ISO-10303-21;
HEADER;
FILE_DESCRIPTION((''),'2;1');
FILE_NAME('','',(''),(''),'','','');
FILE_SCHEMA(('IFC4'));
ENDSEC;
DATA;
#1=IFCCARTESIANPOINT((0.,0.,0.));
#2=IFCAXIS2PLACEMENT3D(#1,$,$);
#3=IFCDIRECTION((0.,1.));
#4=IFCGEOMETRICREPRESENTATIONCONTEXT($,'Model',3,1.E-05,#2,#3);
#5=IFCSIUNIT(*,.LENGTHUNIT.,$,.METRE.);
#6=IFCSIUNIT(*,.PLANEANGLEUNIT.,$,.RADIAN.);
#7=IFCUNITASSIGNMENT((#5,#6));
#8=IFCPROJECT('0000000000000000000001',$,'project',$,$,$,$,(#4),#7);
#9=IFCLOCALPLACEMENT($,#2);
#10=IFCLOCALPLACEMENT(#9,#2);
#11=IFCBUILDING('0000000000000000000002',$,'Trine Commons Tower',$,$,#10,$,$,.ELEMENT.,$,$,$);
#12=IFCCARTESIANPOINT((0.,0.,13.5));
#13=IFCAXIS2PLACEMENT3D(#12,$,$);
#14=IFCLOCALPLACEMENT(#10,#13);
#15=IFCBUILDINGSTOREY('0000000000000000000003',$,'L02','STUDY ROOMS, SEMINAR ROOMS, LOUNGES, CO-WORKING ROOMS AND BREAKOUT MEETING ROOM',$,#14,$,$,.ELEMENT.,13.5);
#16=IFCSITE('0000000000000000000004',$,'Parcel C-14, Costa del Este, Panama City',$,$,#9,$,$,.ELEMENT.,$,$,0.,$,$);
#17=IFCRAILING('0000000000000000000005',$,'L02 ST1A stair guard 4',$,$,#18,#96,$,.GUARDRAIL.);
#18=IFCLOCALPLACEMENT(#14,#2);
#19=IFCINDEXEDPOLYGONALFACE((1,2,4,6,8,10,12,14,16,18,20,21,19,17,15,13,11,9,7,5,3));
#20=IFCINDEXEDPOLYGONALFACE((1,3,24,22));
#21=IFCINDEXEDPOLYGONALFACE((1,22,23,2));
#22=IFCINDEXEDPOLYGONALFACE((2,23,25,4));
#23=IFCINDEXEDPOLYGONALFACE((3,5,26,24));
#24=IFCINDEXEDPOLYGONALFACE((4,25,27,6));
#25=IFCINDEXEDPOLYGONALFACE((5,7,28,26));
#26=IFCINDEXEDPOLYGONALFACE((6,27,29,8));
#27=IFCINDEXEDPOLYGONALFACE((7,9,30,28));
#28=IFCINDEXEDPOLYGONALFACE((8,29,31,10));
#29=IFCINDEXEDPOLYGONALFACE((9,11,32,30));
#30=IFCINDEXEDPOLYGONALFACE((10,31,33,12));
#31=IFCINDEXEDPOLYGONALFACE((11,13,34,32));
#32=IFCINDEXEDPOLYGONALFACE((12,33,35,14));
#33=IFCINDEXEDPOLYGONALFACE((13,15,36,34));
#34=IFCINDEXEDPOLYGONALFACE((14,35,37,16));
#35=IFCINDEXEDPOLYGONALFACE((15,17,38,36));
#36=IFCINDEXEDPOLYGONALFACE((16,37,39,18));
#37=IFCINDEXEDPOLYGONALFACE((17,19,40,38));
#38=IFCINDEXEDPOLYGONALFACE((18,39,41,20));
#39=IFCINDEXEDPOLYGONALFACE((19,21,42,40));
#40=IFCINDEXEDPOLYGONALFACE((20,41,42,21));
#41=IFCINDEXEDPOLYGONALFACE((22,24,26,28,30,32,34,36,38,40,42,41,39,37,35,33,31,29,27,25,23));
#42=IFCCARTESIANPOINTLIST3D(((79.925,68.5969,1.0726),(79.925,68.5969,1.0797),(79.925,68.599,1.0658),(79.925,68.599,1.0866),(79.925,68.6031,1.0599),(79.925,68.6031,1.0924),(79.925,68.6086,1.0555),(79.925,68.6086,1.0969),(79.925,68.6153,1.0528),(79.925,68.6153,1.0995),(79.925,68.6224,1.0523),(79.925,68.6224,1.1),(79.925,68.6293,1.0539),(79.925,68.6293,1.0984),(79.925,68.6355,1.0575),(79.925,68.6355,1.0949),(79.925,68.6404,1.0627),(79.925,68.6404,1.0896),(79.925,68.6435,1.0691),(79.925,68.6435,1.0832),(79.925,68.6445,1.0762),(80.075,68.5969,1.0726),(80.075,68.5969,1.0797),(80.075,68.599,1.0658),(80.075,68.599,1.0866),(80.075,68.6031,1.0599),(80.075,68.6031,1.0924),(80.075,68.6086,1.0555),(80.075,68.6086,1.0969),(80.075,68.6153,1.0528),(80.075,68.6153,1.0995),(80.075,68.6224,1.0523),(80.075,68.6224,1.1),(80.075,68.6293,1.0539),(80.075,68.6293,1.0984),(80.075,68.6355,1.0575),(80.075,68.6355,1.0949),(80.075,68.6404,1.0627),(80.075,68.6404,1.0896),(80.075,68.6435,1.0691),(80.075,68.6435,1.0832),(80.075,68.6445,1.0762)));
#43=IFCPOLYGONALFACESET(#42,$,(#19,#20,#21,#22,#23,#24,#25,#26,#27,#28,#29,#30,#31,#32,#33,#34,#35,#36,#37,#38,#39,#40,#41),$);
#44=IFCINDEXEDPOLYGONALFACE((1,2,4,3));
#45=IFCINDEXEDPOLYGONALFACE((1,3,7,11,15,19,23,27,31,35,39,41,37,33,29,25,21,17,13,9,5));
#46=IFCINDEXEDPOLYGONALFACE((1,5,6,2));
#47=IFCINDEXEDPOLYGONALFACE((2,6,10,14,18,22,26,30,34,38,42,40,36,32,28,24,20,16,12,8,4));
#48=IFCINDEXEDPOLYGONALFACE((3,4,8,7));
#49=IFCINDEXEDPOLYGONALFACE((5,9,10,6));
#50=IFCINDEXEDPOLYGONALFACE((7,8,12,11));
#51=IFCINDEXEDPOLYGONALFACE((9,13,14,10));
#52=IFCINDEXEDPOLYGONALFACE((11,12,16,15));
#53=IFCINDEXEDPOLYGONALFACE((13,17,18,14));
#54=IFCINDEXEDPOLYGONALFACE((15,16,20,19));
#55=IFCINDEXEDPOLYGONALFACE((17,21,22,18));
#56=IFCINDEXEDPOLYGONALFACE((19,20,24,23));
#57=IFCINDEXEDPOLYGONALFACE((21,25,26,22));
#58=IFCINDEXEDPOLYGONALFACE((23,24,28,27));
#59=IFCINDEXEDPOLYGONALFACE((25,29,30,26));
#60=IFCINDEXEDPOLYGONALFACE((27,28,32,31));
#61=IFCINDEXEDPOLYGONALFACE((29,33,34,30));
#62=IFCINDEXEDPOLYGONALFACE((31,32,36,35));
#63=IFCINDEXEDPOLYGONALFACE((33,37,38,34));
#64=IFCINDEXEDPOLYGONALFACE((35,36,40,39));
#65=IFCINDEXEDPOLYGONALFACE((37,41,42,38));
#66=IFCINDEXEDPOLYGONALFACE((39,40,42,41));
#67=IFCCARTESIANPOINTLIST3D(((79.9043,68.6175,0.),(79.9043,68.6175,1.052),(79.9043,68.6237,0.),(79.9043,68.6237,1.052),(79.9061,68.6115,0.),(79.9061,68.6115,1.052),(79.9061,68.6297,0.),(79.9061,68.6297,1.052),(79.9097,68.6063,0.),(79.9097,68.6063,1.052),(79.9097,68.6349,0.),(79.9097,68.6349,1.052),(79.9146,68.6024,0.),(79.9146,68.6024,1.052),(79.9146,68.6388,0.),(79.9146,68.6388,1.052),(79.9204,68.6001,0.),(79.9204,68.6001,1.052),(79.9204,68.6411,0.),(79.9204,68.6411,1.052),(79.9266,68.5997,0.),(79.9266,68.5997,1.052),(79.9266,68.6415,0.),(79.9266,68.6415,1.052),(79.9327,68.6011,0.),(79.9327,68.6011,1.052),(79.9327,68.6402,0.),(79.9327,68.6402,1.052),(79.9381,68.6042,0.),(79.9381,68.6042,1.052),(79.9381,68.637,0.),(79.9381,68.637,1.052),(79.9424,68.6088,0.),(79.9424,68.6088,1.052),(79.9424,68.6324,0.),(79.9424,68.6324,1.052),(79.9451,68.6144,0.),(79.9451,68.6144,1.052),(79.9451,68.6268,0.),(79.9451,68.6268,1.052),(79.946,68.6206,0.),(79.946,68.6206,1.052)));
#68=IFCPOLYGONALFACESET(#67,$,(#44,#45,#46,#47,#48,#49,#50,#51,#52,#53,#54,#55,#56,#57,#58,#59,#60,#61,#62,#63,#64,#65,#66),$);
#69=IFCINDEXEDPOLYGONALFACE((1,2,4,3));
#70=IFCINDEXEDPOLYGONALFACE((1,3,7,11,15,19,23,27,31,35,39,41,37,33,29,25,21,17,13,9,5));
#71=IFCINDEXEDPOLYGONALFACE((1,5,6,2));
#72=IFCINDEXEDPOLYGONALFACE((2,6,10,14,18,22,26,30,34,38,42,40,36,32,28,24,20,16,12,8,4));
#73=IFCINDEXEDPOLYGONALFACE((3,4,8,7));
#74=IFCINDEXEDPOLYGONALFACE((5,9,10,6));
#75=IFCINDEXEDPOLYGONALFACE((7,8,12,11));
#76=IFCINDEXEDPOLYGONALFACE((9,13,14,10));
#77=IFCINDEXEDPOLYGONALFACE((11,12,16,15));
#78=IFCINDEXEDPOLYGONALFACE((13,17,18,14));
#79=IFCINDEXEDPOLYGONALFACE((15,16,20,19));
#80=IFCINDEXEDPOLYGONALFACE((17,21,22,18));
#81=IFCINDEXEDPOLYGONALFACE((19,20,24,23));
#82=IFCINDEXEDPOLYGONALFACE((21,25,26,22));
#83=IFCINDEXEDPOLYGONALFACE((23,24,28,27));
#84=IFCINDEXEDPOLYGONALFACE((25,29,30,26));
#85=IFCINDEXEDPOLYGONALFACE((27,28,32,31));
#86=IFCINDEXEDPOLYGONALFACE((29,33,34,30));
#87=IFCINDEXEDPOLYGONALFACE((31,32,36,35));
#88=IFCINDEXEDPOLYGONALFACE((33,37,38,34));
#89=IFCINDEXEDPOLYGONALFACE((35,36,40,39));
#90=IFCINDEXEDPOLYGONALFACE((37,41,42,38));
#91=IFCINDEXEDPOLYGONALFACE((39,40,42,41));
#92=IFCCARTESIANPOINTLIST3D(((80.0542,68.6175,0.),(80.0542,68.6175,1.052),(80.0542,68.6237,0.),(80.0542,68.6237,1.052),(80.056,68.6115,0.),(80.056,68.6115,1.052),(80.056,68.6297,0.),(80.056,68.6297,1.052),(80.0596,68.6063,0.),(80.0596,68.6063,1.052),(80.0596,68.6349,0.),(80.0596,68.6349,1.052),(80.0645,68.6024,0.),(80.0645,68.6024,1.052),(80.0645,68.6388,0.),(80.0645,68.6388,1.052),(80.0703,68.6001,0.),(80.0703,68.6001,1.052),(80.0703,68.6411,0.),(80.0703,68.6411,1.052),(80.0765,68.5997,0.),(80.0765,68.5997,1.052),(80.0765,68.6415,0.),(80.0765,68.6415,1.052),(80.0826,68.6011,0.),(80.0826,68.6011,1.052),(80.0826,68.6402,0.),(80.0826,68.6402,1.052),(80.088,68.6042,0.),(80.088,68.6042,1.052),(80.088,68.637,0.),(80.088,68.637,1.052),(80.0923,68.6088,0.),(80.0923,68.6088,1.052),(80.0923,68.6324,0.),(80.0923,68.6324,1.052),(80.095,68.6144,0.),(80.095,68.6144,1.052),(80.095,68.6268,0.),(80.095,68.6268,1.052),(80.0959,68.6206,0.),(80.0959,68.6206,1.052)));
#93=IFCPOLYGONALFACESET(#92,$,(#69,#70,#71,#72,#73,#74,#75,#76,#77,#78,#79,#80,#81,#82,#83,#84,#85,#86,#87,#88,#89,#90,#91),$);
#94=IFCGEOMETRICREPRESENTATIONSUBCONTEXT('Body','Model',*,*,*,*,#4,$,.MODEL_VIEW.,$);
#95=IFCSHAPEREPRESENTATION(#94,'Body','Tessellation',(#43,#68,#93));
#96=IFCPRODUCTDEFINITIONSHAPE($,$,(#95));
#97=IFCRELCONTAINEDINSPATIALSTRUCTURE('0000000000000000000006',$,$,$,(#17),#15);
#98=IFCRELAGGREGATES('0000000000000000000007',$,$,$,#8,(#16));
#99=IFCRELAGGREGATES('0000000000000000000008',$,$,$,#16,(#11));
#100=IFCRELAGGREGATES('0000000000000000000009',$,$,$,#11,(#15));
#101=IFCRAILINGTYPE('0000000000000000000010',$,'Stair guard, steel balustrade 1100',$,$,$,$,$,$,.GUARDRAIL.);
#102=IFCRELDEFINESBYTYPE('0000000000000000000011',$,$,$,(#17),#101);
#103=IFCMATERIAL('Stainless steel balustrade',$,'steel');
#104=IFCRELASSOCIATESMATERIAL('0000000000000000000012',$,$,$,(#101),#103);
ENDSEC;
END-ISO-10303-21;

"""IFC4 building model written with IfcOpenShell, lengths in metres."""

from ifc_helpers import new_model, si_unit, direction, frame, origin, origin_2d, place, context, subcontext, project, spatial, circle, extrude, material, type_object, element, save


model = new_model("IFC4")

# Units and contexts
model_context = context("Model", 3, precision=1e-05, world=origin(), true_north=direction((0.0, 1.0)))
body_context = subcontext(model_context, "Body", "Model", "MODEL_VIEW")
ifc_project = project(units=[si_unit("LENGTHUNIT", "METRE"), si_unit("PLANEANGLEUNIT", "RADIAN")], contexts=[model_context])

# Site, building, storey
site_placement = place(None, origin())
site = spatial("IfcSite", under=ifc_project, at=site_placement, Name="Parcel C-14, Costa del Este, Panama City", CompositionType="ELEMENT", RefElevation=0.0)
building_placement = place(site_placement, origin())
building = spatial("IfcBuilding", under=site, at=building_placement, Name="Trine Commons Tower", CompositionType="ELEMENT")
storey_placement = place(building_placement, frame((0.0, 0.0, 13.5)))
storey = spatial("IfcBuildingStorey", under=building, at=storey_placement, Name="L02", Description="STUDY ROOMS, SEMINAR ROOMS, LOUNGES, CO-WORKING ROOMS AND BREAKOUT MEETING ROOM", CompositionType="ELEMENT", Elevation=13.5)

# Railing
ifc_material_1 = material(Name="Stainless steel balustrade", Category="steel")
railing_type_1 = type_object("IfcRailingType", Name="Stair guard, steel balustrade 1100", PredefinedType="GUARDRAIL", material=ifc_material_1)
railing_1_placement = place(storey_placement, frame((79.925, 68.6206, 0.0)))
element("IfcRailing", 1, at=railing_1_placement, inside=storey, type_object=railing_type_1, Name="L02 ST1A stair guard 4", PredefinedType="GUARDRAIL", context=body_context, shape_type="SweptSolid", body=[
    extrude(circle(Radius=0.0239, at=origin_2d()), frame((0.0, 0.0, 1.0762), z_axis=(1.0, 0.0, 0.0), x_axis=(0.0, 1.0, 0.0)), (0.0, 0.0, 1.0), 0.1499),
    extrude(circle(Radius=0.021, at=origin_2d()), origin(), (0.0, 0.0, 1.0), 1.052),
    extrude(circle(Radius=0.021, at=origin_2d()), frame((0.1499, 0.0, 0.0)), (0.0, 0.0, 1.0), 1.052),
])

save(model, "model.ifc")
